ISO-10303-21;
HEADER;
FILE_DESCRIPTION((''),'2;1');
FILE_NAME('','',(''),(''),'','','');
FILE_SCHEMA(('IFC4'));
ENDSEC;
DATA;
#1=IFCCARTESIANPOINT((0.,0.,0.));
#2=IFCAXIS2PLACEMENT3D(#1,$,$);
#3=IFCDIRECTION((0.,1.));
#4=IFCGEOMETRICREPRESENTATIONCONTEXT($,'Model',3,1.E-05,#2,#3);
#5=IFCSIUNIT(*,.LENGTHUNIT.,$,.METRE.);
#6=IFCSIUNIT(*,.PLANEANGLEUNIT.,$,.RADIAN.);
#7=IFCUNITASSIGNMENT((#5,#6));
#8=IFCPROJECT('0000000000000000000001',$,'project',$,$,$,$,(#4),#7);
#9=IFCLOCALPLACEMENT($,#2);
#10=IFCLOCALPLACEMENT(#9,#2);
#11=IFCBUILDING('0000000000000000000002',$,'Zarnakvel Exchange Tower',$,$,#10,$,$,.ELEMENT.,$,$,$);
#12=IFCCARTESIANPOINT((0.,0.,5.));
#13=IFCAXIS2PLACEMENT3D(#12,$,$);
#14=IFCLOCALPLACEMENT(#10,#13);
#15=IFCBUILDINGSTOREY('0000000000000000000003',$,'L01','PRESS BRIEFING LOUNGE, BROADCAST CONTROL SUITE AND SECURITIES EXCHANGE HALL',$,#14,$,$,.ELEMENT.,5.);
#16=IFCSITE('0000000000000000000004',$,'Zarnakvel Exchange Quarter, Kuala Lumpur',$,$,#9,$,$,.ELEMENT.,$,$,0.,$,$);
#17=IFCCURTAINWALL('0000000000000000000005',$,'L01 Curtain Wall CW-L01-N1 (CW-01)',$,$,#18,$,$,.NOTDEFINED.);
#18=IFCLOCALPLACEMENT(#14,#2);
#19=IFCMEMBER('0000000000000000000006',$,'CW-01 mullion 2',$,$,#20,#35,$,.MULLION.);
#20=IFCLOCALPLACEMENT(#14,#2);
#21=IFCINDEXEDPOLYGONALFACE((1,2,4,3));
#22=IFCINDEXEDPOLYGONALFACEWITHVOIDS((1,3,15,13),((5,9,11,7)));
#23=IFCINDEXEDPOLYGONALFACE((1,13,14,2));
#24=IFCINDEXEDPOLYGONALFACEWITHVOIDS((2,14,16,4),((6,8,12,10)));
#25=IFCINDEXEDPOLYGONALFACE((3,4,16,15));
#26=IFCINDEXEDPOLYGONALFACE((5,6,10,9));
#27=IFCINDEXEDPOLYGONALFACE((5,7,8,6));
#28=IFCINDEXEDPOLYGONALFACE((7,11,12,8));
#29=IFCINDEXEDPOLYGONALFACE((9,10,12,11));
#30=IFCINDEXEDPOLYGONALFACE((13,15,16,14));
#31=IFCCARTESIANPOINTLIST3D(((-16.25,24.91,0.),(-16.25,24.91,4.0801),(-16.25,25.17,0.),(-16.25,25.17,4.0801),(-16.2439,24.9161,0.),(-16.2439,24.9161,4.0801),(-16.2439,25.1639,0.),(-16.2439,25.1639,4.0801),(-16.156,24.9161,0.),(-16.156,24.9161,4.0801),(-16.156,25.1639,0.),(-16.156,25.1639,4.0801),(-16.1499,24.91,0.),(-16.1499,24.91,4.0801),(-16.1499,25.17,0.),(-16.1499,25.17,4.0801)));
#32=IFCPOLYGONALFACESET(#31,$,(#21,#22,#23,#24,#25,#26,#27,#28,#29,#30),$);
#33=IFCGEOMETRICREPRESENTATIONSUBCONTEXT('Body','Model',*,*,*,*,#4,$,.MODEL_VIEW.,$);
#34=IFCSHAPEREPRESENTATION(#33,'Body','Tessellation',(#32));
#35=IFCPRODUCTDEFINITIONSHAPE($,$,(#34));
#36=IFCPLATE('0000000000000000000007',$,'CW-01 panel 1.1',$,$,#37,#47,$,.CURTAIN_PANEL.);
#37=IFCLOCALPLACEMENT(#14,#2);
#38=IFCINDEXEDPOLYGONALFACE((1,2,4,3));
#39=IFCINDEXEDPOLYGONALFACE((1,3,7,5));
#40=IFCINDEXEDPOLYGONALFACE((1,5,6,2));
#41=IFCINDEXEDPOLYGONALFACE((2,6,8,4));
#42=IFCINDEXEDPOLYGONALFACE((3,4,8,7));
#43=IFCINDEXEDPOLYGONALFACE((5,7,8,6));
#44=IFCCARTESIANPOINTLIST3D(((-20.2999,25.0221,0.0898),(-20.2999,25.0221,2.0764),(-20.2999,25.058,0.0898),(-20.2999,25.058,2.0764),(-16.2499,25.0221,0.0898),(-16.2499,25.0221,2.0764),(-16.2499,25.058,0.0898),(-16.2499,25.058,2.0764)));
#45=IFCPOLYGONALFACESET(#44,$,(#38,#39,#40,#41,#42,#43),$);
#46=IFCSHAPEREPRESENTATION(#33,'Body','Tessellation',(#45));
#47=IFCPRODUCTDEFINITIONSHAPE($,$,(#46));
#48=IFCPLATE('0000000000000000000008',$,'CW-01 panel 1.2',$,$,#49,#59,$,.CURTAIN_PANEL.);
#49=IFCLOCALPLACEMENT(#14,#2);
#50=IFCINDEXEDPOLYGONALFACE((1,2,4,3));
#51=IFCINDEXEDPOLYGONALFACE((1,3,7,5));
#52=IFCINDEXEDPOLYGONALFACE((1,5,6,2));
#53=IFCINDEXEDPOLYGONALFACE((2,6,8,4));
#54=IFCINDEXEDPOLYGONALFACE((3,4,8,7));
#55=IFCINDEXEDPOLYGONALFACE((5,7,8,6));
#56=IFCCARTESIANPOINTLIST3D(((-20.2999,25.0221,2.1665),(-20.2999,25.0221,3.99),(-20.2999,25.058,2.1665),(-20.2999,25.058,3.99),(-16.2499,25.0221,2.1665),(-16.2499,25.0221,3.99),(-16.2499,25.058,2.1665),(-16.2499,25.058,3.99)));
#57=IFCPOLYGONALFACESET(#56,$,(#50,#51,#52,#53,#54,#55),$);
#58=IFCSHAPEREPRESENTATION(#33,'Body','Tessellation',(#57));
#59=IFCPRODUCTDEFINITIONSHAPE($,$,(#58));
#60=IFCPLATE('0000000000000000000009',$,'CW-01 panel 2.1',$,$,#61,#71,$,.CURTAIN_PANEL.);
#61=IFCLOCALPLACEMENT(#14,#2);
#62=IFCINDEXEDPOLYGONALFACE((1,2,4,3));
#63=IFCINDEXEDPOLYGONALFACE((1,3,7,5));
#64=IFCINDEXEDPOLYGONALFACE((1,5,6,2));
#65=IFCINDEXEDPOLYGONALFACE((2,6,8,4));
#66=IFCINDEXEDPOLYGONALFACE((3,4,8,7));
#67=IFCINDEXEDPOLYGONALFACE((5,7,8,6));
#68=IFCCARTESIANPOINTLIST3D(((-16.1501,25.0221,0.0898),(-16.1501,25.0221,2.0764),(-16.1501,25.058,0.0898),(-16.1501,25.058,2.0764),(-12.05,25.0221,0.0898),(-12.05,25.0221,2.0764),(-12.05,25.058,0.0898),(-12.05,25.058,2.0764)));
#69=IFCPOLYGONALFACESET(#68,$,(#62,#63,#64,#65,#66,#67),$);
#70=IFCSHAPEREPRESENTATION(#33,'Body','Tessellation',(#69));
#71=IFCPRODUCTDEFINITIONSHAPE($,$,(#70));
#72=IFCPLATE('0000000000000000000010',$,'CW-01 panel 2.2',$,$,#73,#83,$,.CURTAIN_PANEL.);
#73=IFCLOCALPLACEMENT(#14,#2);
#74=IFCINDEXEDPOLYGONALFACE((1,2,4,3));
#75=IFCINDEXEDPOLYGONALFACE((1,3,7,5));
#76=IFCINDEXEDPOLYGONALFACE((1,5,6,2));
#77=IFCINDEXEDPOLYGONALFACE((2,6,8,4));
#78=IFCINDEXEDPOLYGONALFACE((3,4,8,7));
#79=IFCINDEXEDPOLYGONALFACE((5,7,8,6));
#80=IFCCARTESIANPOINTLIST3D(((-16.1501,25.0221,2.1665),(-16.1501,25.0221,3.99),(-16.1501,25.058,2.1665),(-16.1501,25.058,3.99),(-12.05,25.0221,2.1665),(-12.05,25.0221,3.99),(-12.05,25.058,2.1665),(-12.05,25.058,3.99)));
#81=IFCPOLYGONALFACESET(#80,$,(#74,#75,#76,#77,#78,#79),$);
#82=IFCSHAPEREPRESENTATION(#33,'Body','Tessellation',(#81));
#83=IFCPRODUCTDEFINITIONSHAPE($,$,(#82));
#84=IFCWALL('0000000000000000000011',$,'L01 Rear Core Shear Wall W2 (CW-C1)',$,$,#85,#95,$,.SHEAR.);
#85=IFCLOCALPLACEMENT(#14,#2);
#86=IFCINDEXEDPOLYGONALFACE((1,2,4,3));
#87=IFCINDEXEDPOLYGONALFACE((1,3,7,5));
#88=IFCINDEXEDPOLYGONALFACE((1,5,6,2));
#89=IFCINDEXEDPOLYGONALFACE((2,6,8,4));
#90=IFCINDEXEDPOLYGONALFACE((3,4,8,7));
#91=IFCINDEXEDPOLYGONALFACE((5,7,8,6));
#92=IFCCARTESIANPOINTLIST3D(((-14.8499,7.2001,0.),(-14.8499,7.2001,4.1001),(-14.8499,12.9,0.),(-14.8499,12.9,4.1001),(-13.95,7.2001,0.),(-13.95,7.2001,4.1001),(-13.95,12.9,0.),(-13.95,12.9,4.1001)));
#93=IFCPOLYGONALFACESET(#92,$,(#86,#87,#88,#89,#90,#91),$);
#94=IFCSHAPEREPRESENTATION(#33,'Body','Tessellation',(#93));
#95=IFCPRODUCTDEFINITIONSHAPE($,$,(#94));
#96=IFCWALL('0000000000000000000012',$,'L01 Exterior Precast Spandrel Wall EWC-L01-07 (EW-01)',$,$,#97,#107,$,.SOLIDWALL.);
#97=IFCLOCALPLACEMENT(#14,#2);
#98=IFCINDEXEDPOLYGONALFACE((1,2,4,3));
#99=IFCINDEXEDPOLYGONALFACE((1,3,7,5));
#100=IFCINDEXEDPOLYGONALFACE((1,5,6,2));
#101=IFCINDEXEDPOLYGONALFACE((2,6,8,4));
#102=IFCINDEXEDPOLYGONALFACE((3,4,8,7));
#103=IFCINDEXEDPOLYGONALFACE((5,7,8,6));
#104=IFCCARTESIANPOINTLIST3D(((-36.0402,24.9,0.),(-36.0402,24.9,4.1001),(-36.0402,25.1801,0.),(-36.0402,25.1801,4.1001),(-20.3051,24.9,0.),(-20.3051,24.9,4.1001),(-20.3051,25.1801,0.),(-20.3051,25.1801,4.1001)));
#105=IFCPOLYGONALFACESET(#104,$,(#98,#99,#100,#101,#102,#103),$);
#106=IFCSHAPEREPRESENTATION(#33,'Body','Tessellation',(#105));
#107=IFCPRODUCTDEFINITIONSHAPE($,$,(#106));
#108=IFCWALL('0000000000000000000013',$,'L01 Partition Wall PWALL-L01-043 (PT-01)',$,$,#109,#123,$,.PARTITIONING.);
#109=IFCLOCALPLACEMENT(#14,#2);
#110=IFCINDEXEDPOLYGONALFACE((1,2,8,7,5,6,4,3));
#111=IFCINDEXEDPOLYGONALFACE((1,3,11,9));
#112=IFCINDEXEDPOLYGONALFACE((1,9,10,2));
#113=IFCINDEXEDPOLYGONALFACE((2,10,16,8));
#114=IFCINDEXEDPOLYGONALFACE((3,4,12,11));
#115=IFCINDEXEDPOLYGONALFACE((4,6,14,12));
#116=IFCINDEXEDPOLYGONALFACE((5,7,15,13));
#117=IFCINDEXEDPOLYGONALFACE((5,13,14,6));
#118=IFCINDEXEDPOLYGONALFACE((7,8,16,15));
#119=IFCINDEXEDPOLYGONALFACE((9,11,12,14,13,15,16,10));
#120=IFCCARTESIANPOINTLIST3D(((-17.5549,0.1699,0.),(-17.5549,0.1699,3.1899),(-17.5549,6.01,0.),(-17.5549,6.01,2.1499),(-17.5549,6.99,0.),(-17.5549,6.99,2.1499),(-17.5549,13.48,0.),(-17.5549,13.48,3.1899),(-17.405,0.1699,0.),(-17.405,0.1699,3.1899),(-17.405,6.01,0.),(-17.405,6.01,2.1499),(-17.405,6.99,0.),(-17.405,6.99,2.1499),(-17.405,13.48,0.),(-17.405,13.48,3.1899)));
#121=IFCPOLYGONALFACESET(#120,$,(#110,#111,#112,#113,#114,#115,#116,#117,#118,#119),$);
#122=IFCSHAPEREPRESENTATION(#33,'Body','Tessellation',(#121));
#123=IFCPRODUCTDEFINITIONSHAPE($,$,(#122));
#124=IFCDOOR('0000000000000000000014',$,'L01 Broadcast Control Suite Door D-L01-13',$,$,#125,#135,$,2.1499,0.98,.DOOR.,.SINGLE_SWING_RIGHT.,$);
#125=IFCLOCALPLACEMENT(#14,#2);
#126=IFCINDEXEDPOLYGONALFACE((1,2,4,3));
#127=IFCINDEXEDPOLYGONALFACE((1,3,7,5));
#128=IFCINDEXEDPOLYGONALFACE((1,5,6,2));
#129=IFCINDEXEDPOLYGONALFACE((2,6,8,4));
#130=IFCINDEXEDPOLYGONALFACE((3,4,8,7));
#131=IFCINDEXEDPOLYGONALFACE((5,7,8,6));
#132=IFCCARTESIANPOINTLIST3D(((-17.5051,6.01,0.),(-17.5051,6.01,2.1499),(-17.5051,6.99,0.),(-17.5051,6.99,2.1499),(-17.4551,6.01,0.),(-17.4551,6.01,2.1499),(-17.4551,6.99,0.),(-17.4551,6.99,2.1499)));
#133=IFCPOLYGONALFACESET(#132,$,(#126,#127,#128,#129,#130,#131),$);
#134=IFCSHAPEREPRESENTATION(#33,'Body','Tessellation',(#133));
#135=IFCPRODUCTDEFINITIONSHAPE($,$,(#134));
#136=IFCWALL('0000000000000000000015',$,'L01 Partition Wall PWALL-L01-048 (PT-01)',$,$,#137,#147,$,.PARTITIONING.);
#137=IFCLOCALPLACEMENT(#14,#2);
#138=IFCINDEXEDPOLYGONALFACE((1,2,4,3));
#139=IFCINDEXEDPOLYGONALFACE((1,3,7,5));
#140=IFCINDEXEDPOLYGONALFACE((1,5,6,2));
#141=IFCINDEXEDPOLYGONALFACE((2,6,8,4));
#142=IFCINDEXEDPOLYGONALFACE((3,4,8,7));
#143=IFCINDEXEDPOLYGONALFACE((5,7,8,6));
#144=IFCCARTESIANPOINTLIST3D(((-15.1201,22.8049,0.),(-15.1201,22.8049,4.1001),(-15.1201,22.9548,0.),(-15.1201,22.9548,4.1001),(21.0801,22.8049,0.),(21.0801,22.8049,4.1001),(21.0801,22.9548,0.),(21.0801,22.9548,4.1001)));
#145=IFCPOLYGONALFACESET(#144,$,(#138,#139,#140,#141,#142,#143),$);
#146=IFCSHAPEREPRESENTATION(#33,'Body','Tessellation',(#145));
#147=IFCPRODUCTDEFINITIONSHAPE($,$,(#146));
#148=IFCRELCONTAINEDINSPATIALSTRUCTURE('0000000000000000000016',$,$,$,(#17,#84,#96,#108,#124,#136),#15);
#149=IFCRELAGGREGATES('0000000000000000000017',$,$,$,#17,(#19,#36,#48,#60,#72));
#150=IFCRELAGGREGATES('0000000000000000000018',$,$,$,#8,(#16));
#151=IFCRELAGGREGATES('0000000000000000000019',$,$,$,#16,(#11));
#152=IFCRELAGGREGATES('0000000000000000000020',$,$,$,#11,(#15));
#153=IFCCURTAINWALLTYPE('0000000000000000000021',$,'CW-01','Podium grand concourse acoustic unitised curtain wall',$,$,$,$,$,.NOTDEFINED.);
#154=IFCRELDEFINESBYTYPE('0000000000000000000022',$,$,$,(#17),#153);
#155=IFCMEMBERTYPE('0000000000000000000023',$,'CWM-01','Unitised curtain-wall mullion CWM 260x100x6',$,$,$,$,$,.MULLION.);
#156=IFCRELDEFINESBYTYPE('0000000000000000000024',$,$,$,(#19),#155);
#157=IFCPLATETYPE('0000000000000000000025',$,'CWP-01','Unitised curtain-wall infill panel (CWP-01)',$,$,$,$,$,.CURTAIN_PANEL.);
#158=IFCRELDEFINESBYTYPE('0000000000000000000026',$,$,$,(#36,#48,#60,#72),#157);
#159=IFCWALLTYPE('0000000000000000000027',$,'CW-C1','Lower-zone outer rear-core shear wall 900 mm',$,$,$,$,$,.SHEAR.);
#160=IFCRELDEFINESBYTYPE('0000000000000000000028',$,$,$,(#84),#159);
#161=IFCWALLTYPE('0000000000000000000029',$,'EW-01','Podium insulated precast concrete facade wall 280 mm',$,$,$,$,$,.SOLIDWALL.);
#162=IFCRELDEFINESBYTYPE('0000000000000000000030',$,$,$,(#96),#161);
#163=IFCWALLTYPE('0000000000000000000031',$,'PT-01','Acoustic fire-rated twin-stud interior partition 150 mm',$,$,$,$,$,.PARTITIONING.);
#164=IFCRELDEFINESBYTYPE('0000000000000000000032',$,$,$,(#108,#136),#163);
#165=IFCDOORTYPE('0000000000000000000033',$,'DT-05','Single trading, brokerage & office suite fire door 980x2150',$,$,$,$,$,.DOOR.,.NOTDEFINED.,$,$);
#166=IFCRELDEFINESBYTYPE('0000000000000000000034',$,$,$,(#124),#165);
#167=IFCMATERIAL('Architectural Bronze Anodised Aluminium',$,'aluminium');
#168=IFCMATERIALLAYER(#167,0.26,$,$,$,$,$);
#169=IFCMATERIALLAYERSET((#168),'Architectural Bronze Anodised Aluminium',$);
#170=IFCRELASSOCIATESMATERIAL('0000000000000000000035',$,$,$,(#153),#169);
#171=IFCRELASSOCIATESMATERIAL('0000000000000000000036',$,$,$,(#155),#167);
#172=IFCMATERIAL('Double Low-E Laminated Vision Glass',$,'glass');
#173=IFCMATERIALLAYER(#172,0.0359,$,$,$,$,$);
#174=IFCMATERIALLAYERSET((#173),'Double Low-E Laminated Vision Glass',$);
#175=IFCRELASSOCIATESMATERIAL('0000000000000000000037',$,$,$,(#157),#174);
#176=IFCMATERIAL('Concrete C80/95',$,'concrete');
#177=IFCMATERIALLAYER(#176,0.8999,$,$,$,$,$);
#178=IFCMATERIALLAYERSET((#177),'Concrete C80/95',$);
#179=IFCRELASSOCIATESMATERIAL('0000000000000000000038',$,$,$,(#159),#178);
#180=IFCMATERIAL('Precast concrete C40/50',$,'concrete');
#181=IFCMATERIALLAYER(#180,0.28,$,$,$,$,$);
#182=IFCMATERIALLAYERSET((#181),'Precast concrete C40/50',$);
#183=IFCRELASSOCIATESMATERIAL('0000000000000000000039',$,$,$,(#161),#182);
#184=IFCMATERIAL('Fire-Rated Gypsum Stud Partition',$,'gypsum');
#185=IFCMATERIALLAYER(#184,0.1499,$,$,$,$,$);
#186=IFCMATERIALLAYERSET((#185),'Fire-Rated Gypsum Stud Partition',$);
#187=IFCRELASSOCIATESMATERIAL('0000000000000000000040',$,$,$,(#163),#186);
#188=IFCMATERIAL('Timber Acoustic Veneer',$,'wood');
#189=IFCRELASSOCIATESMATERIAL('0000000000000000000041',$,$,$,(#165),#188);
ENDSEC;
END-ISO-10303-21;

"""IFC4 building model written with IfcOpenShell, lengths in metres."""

from ifc_helpers import new_model, si_unit, direction, frame, frame_2d, origin, origin_2d, place, context, subcontext, project, spatial, rectangle, hollow_rectangle, extrude, source, transform, mapped, material, layer, layer_set, material_profile, profile_set, type_object, element, fill, aggregate, save


model = new_model("IFC4")

# Units and contexts
model_context = context("Model", 3, precision=1e-05, world=origin(), true_north=direction((0.0, 1.0)))
body_context = subcontext(model_context, "Body", "Model", "MODEL_VIEW")
ifc_project = project(units=[si_unit("LENGTHUNIT", "METRE"), si_unit("PLANEANGLEUNIT", "RADIAN")], contexts=[model_context])

# Site, building, storey
site_placement = place(None, origin())
site = spatial("IfcSite", under=ifc_project, at=site_placement, Name="Zarnakvel Exchange Quarter, Kuala Lumpur", CompositionType="ELEMENT", RefElevation=0.0)
building_placement = place(site_placement, origin())
building = spatial("IfcBuilding", under=site, at=building_placement, Name="Zarnakvel Exchange Tower", CompositionType="ELEMENT")
storey_placement = place(building_placement, frame((0.0, 0.0, 5.0)))
storey = spatial("IfcBuildingStorey", under=building, at=storey_placement, Name="L01", Description="PRESS BRIEFING LOUNGE, BROADCAST CONTROL SUITE AND SECURITIES EXCHANGE HALL", CompositionType="ELEMENT", Elevation=5.0)

# Shared definitions
ifc_material_1 = material(Name="Concrete C80/95", Category="concrete")

# Curtain wall, member, plates
ifc_material_2 = material(Name="Architectural Bronze Anodised Aluminium", Category="aluminium")
ifc_layer_1 = layer(ifc_material_2, 0.26)
ifc_layer_set_1 = layer_set([ifc_layer_1], Name="Architectural Bronze Anodised Aluminium")
curtain_wall_type = type_object("IfcCurtainWallType", Name="CW-01", Description="Podium grand concourse acoustic unitised curtain wall", PredefinedType="NOTDEFINED", material=ifc_layer_set_1)
curtain_wall_placement = place(storey_placement, origin())
curtain_wall = element("IfcCurtainWall", 1, at=curtain_wall_placement, inside=storey, type_object=curtain_wall_type, Name="L01 Curtain Wall CW-L01-N1 (CW-01)", PredefinedType="NOTDEFINED")
ifc_material_profile_1 = material_profile(ifc_material_2, hollow_rectangle(XDim=0.26, YDim=0.1001, WallThickness=0.0061, at=origin_2d()))
ifc_profile_set_1 = profile_set([ifc_material_profile_1], Name="Architectural Bronze Anodised Aluminium")
member_type_1 = type_object("IfcMemberType", Name="CWM-01", Description="Unitised curtain-wall mullion CWM 260x100x6", PredefinedType="MULLION", material=ifc_profile_set_1)
shared_shape_1 = source(origin(), body_context, "Body", "SweptSolid", [
    extrude(hollow_rectangle(XDim=0.26, YDim=0.1001, WallThickness=0.0061, at=origin_2d()), origin(), (0.0, 0.0, 1.0), 4.0801),
])
member_1_placement = place(storey_placement, frame((-16.2, 25.04, 0.0), z_axis=(0.0, 0.0, 1.0), x_axis=(0.0, 1.0, 0.0)))
member_1 = element("IfcMember", 2, at=member_1_placement, type_object=member_type_1, Name="CW-01 mullion 2", PredefinedType="MULLION", context=body_context, shape_type="MappedRepresentation", body=[
    mapped(shared_shape_1, transform((0.0, 0.0, 0.0), x_axis=(1.0, 0.0, 0.0), y_axis=(0.0, 1.0, 0.0), z_axis=(0.0, 0.0, 1.0), scale=1.0)),
])
ifc_material_3 = material(Name="Double Low-E Laminated Vision Glass", Category="glass")
ifc_layer_2 = layer(ifc_material_3, 0.0359)
ifc_layer_set_2 = layer_set([ifc_layer_2], Name="Double Low-E Laminated Vision Glass")
plate_type = type_object("IfcPlateType", Name="CWP-01", Description="Unitised curtain-wall infill panel (CWP-01)", PredefinedType="CURTAIN_PANEL", material=ifc_layer_set_2)
shared_shape_2 = source(origin(), body_context, "Body", "SweptSolid", [
    extrude(rectangle(XDim=4.05, YDim=0.0359, at=origin_2d()), origin(), (0.0, 0.0, 1.0), 1.9866),
])
plate_1_placement = place(storey_placement, frame((-18.2749, 25.04, 0.0898), z_axis=(0.0, 0.0, 1.0), x_axis=(1.0, 0.0, 0.0)))
plate_1 = element("IfcPlate", 3, at=plate_1_placement, type_object=plate_type, Name="CW-01 panel 1.1", PredefinedType="CURTAIN_PANEL", context=body_context, shape_type="MappedRepresentation", body=[
    mapped(shared_shape_2, transform((0.0, 0.0, 0.0), x_axis=(1.0, 0.0, 0.0), y_axis=(0.0, 1.0, 0.0), z_axis=(0.0, 0.0, 1.0), scale=1.0)),
])
shared_shape_3 = source(origin(), body_context, "Body", "SweptSolid", [
    extrude(rectangle(XDim=4.05, YDim=0.0359, at=origin_2d()), origin(), (0.0, 0.0, 1.0), 1.8235),
])
plate_2_placement = place(storey_placement, frame((-18.2749, 25.04, 2.1665), z_axis=(0.0, 0.0, 1.0), x_axis=(1.0, 0.0, 0.0)))
plate_2 = element("IfcPlate", 4, at=plate_2_placement, type_object=plate_type, Name="CW-01 panel 1.2", PredefinedType="CURTAIN_PANEL", context=body_context, shape_type="MappedRepresentation", body=[
    mapped(shared_shape_3, transform((0.0, 0.0, 0.0), x_axis=(1.0, 0.0, 0.0), y_axis=(0.0, 1.0, 0.0), z_axis=(0.0, 0.0, 1.0), scale=1.0)),
])
shared_shape_4 = source(origin(), body_context, "Body", "SweptSolid", [
    extrude(rectangle(XDim=4.1001, YDim=0.0359, at=origin_2d()), origin(), (0.0, 0.0, 1.0), 1.9866),
])
plate_3_placement = place(storey_placement, frame((-14.1001, 25.04, 0.0898), z_axis=(0.0, 0.0, 1.0), x_axis=(1.0, 0.0, 0.0)))
plate_3 = element("IfcPlate", 5, at=plate_3_placement, type_object=plate_type, Name="CW-01 panel 2.1", PredefinedType="CURTAIN_PANEL", context=body_context, shape_type="MappedRepresentation", body=[
    mapped(shared_shape_4, transform((0.0, 0.0, 0.0), x_axis=(1.0, 0.0, 0.0), y_axis=(0.0, 1.0, 0.0), z_axis=(0.0, 0.0, 1.0), scale=1.0)),
])
shared_shape_5 = source(origin(), body_context, "Body", "SweptSolid", [
    extrude(rectangle(XDim=4.1001, YDim=0.0359, at=origin_2d()), origin(), (0.0, 0.0, 1.0), 1.8235),
])
plate_4_placement = place(storey_placement, frame((-14.1001, 25.04, 2.1665), z_axis=(0.0, 0.0, 1.0), x_axis=(1.0, 0.0, 0.0)))
plate_4 = element("IfcPlate", 6, at=plate_4_placement, type_object=plate_type, Name="CW-01 panel 2.2", PredefinedType="CURTAIN_PANEL", context=body_context, shape_type="MappedRepresentation", body=[
    mapped(shared_shape_5, transform((0.0, 0.0, 0.0), x_axis=(1.0, 0.0, 0.0), y_axis=(0.0, 1.0, 0.0), z_axis=(0.0, 0.0, 1.0), scale=1.0)),
])
aggregate(curtain_wall, [member_1, plate_1, plate_2, plate_3, plate_4])

# Walls
ifc_layer_3 = layer(ifc_material_1, 0.8999)
ifc_layer_set_3 = layer_set([ifc_layer_3], Name="Concrete C80/95")
wall_type_1 = type_object("IfcWallType", Name="CW-C1", Description="Lower-zone outer rear-core shear wall 900 mm", PredefinedType="SHEAR", material=ifc_layer_set_3)
wall_1_placement = place(storey_placement, frame((-14.3999, 7.2, 0.0), z_axis=(0.0, 0.0, 1.0), x_axis=(0.0, 1.0, 0.0)))
element("IfcWall", 7, at=wall_1_placement, inside=storey, type_object=wall_type_1, Name="L01 Rear Core Shear Wall W2 (CW-C1)", PredefinedType="SHEAR", context=body_context, shape_type="SweptSolid", body=[
    extrude(rectangle(XDim=5.7, YDim=0.8999, at=frame_2d((2.8501, 0.0))), origin(), (0.0, 0.0, 1.0), 4.1001),
])
ifc_material_4 = material(Name="Precast concrete C40/50", Category="concrete")
ifc_layer_4 = layer(ifc_material_4, 0.28)
ifc_layer_set_4 = layer_set([ifc_layer_4], Name="Precast concrete C40/50")
wall_type_2 = type_object("IfcWallType", Name="EW-01", Description="Podium insulated precast concrete facade wall 280 mm", PredefinedType="SOLIDWALL", material=ifc_layer_set_4)
wall_2_placement = place(storey_placement, frame((-20.3049, 25.04, 0.0), z_axis=(0.0, 0.0, 1.0), x_axis=(-1.0, 0.0, 0.0)))
element("IfcWall", 8, at=wall_2_placement, inside=storey, type_object=wall_type_2, Name="L01 Exterior Precast Spandrel Wall EWC-L01-07 (EW-01)", PredefinedType="SOLIDWALL", context=body_context, shape_type="SweptSolid", body=[
    extrude(rectangle(XDim=15.7351, YDim=0.28, at=frame_2d((7.8677, 0.0))), origin(), (0.0, 0.0, 1.0), 4.1001),
])

# Wall, opening, door
ifc_material_5 = material(Name="Fire-Rated Gypsum Stud Partition", Category="gypsum")
ifc_layer_5 = layer(ifc_material_5, 0.1499)
ifc_layer_set_5 = layer_set([ifc_layer_5], Name="Fire-Rated Gypsum Stud Partition")
wall_type_3 = type_object("IfcWallType", Name="PT-01", Description="Acoustic fire-rated twin-stud interior partition 150 mm", PredefinedType="PARTITIONING", material=ifc_layer_set_5)
wall_3_placement = place(storey_placement, frame((-17.48, 13.48, 0.0), z_axis=(0.0, 0.0, 1.0), x_axis=(0.0, -1.0, 0.0)))
wall_3 = element("IfcWall", 9, at=wall_3_placement, inside=storey, type_object=wall_type_3, Name="L01 Partition Wall PWALL-L01-043 (PT-01)", PredefinedType="PARTITIONING", context=body_context, shape_type="SweptSolid", body=[
    extrude(rectangle(XDim=13.3101, YDim=0.1499, at=frame_2d((6.655, 0.0))), origin(), (0.0, 0.0, 1.0), 3.1899),
])
opening_1_placement = place(wall_3_placement, frame((6.49, 0.0, 0.0)))
opening_1 = element("IfcOpeningElement", 10, at=opening_1_placement, cuts=wall_3, PredefinedType="OPENING", context=body_context, shape_type="SweptSolid", body=[
    extrude(rectangle(XDim=0.98, YDim=2.1499, at=frame_2d((0.49, 1.075))), frame((0.0, 0.085, 0.0), z_axis=(0.0, -1.0, 0.0), x_axis=(1.0, 0.0, 0.0)), (0.0, 0.0, 1.0), 0.1699),
])
ifc_material_6 = material(Name="Timber Acoustic Veneer", Category="wood")
door_type = type_object("IfcDoorType", Name="DT-05", Description="Single trading, brokerage & office suite fire door 980x2150", OperationType="NOTDEFINED", PredefinedType="DOOR", material=ifc_material_6)
shared_shape_6 = source(origin(), body_context, "Body", "SweptSolid", [
    extrude(rectangle(XDim=0.98, YDim=2.1499, at=frame_2d((0.49, 1.075))), frame((0.0, 0.0249, 0.0), z_axis=(0.0, -1.0, 0.0), x_axis=(1.0, 0.0, 0.0)), (0.0, 0.0, 1.0), 0.05),
])
door_1_placement = place(opening_1_placement, origin())
door_1 = element("IfcDoor", 11, at=door_1_placement, inside=storey, type_object=door_type, Name="L01 Broadcast Control Suite Door D-L01-13", OperationType="SINGLE_SWING_RIGHT", OverallHeight=2.1499, OverallWidth=0.98, PredefinedType="DOOR", context=body_context, shape_type="MappedRepresentation", body=[
    mapped(shared_shape_6, transform((0.0, 0.0, 0.0), x_axis=(1.0, 0.0, 0.0), y_axis=(0.0, 1.0, 0.0), z_axis=(0.0, 0.0, 1.0), scale=1.0)),
])
fill(opening_1, door_1)

# Wall
wall_4_placement = place(storey_placement, frame((-15.1201, 22.8799, 0.0), z_axis=(0.0, 0.0, 1.0), x_axis=(1.0, 0.0, 0.0)))
element("IfcWall", 12, at=wall_4_placement, inside=storey, type_object=wall_type_3, Name="L01 Partition Wall PWALL-L01-048 (PT-01)", PredefinedType="PARTITIONING", context=body_context, shape_type="SweptSolid", body=[
    extrude(rectangle(XDim=36.2002, YDim=0.1499, at=frame_2d((18.1001, 0.0))), origin(), (0.0, 0.0, 1.0), 4.1001),
])

save(model, "model.ifc")
